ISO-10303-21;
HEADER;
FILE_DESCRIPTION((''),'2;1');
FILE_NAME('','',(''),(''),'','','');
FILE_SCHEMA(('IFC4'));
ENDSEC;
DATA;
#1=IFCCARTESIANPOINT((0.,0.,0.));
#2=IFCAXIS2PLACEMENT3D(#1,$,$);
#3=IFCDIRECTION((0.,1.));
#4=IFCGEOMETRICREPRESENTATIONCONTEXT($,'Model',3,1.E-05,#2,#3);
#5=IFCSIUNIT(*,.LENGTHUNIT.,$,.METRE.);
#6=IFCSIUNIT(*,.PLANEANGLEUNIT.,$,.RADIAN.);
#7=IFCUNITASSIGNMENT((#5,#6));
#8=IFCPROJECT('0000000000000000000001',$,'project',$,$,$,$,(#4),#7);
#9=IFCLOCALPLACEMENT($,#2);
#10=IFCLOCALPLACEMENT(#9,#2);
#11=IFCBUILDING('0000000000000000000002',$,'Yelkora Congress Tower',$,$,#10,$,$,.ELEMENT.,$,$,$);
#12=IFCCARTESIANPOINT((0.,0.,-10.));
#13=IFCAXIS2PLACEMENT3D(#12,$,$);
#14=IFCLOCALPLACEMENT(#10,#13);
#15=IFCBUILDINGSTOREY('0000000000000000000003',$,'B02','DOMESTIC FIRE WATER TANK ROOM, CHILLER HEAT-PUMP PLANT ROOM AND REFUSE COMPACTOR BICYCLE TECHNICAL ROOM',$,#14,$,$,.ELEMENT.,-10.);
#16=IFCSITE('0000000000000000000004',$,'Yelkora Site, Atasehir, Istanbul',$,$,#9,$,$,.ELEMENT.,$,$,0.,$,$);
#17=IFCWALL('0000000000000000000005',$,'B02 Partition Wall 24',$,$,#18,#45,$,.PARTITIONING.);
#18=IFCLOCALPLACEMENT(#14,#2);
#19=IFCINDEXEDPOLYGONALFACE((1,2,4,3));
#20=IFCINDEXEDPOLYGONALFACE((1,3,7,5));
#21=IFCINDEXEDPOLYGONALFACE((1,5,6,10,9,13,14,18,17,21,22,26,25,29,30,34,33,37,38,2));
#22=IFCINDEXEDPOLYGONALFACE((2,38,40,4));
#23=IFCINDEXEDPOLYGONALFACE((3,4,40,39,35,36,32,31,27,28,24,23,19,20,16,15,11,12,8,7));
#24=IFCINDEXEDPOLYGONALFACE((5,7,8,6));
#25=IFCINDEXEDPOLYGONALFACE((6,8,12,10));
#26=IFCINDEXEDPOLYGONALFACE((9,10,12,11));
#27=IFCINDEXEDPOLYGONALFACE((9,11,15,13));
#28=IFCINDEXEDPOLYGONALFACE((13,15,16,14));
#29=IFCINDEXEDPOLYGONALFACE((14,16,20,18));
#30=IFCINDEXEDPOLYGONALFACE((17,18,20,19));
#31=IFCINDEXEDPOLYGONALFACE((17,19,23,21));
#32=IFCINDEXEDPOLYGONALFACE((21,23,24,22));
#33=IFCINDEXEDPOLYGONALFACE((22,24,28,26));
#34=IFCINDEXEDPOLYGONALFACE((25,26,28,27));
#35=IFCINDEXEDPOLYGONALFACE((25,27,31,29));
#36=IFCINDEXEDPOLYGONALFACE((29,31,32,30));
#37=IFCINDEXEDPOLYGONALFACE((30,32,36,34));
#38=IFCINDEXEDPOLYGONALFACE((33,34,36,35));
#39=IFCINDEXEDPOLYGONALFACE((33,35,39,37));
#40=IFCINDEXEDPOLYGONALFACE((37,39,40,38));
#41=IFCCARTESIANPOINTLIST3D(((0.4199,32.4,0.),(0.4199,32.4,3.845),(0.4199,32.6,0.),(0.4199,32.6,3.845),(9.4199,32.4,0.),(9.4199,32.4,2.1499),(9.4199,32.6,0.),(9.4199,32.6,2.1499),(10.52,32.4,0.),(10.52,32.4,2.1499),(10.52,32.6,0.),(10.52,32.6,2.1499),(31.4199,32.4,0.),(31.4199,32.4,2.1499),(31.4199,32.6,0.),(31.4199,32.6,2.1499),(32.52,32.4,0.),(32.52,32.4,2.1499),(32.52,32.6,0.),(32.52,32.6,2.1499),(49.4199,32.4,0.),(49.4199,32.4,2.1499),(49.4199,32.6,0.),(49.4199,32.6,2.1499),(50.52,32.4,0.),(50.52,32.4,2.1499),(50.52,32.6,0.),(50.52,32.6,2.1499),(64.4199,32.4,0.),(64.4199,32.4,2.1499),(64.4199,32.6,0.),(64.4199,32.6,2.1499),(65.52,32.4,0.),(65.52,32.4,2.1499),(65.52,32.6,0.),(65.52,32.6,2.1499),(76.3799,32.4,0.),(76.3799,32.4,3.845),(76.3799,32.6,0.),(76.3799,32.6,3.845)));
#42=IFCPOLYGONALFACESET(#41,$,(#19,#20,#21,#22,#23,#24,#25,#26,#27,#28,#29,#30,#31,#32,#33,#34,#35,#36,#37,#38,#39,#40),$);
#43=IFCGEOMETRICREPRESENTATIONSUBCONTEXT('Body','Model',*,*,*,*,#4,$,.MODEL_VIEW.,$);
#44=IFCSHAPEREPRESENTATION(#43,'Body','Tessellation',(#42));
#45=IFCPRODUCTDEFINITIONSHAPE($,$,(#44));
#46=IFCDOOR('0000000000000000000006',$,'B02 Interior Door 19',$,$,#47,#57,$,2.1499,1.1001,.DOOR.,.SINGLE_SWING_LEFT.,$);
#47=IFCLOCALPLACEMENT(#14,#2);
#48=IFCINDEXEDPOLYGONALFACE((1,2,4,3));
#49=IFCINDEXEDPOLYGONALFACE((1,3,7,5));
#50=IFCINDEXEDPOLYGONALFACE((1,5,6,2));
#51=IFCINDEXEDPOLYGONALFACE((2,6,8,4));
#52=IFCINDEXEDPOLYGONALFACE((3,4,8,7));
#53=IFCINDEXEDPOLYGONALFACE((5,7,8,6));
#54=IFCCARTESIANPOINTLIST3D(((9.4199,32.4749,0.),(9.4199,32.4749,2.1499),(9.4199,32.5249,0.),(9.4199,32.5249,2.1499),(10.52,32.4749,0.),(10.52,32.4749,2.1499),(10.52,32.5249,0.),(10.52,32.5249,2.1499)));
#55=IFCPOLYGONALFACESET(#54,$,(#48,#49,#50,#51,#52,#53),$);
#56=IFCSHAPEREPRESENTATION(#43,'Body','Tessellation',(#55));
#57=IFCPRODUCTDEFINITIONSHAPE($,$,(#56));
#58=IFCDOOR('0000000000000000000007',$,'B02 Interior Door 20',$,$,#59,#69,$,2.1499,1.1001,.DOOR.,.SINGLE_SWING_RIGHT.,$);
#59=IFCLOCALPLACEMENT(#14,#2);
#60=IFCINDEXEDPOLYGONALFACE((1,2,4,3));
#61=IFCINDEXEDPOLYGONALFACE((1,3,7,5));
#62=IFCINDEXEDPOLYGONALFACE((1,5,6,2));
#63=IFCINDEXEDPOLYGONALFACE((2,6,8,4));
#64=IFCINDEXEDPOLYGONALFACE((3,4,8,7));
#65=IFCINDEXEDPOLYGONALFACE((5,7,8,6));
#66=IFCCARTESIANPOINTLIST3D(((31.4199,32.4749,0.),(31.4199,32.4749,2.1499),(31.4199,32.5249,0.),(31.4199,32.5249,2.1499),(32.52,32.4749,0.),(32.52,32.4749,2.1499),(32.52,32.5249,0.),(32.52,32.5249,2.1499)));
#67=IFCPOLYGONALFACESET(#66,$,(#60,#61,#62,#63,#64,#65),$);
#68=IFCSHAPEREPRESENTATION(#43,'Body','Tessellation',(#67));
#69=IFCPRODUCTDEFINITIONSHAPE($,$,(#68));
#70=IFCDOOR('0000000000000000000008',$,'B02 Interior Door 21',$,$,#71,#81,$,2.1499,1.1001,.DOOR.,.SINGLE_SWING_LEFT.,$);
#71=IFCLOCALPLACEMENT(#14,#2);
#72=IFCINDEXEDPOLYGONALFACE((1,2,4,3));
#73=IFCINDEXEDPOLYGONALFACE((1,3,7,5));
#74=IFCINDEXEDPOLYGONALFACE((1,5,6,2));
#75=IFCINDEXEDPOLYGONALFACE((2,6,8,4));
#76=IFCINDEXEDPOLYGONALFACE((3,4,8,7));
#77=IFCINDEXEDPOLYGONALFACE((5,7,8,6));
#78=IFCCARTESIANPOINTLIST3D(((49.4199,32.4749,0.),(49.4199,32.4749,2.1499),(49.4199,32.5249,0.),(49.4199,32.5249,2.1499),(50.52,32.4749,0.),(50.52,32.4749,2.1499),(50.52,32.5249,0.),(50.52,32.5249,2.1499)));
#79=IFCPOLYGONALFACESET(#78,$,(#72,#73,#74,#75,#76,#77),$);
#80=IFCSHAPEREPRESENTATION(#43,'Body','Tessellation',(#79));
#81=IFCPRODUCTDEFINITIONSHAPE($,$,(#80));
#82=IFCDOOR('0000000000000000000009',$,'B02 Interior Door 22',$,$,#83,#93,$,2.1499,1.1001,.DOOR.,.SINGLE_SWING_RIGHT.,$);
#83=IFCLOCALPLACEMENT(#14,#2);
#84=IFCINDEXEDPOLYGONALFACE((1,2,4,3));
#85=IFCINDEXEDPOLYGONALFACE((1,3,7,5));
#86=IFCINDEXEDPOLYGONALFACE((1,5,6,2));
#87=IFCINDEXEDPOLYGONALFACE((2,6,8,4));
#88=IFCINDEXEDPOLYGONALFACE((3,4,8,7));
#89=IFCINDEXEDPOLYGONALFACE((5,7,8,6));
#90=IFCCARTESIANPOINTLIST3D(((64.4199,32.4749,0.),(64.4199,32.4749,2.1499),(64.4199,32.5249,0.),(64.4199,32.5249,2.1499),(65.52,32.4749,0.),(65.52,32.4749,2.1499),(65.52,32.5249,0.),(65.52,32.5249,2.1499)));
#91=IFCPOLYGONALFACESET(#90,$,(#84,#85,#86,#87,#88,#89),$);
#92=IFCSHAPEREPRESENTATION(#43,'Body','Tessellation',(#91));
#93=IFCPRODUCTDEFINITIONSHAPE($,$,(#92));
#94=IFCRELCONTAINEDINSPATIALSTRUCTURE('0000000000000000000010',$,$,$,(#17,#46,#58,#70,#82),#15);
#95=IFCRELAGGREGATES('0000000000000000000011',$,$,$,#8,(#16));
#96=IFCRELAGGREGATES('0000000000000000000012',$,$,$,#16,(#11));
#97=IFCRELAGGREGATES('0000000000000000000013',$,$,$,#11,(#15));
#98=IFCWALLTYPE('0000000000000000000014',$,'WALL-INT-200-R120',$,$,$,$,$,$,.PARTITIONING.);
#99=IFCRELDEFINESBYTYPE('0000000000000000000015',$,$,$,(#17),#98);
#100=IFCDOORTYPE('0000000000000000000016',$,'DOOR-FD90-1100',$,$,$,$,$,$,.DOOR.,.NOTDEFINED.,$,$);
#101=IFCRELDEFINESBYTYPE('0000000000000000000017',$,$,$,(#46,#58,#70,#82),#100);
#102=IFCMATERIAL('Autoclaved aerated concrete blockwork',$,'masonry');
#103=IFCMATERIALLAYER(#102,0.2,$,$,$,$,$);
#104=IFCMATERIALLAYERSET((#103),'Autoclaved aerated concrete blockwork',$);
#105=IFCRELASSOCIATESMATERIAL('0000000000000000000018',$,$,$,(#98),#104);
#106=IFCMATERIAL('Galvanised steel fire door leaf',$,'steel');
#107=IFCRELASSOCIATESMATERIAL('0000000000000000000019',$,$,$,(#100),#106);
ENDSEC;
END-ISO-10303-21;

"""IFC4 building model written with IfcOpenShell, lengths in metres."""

from ifc_helpers import new_model, si_unit, direction, frame, frame_2d, origin, place, context, subcontext, project, spatial, rectangle, extrude, material, layer, layer_set, type_object, element, fill, save


model = new_model("IFC4")

# Units and contexts
model_context = context("Model", 3, precision=1e-05, world=origin(), true_north=direction((0.0, 1.0)))
body_context = subcontext(model_context, "Body", "Model", "MODEL_VIEW")
ifc_project = project(units=[si_unit("LENGTHUNIT", "METRE"), si_unit("PLANEANGLEUNIT", "RADIAN")], contexts=[model_context])

# Site, building, storey
site_placement = place(None, origin())
site = spatial("IfcSite", under=ifc_project, at=site_placement, Name="Yelkora Site, Atasehir, Istanbul", CompositionType="ELEMENT", RefElevation=0.0)
building_placement = place(site_placement, origin())
building = spatial("IfcBuilding", under=site, at=building_placement, Name="Yelkora Congress Tower", CompositionType="ELEMENT")
storey_placement = place(building_placement, frame((0.0, 0.0, -10.0)))
storey = spatial("IfcBuildingStorey", under=building, at=storey_placement, Name="B02", Description="DOMESTIC FIRE WATER TANK ROOM, CHILLER HEAT-PUMP PLANT ROOM AND REFUSE COMPACTOR BICYCLE TECHNICAL ROOM", CompositionType="ELEMENT", Elevation=-10.0)

# Wall, openings, doors
ifc_material_1 = material(Name="Autoclaved aerated concrete blockwork", Category="masonry")
ifc_layer_1 = layer(ifc_material_1, 0.2)
ifc_layer_set_1 = layer_set([ifc_layer_1], Name="Autoclaved aerated concrete blockwork")
wall_type = type_object("IfcWallType", Name="WALL-INT-200-R120", PredefinedType="PARTITIONING", material=ifc_layer_set_1)
wall_placement = place(storey_placement, frame((0.4199, 32.5, 0.0), z_axis=(0.0, 0.0, 1.0), x_axis=(1.0, 0.0, 0.0)))
wall = element("IfcWall", 1, at=wall_placement, inside=storey, type_object=wall_type, Name="B02 Partition Wall 24", PredefinedType="PARTITIONING", context=body_context, shape_type="SweptSolid", body=[
    extrude(rectangle(XDim=75.96, YDim=0.2, at=frame_2d((37.98, 0.0))), origin(), (0.0, 0.0, 1.0), 3.845),
])
opening_1_placement = place(wall_placement, frame((9.0, 0.0, 0.0)))
opening_1 = element("IfcOpeningElement", 2, at=opening_1_placement, cuts=wall, PredefinedType="OPENING", context=body_context, shape_type="SweptSolid", body=[
    extrude(rectangle(XDim=1.1001, YDim=2.1499, at=frame_2d((0.55, 1.075))), frame((0.0, 0.1099, 0.0), z_axis=(0.0, -1.0, 0.0), x_axis=(1.0, 0.0, 0.0)), (0.0, 0.0, 1.0), 0.22),
])
opening_2_placement = place(wall_placement, frame((31.0, 0.0, 0.0)))
opening_2 = element("IfcOpeningElement", 3, at=opening_2_placement, cuts=wall, PredefinedType="OPENING", context=body_context, shape_type="SweptSolid", body=[
    extrude(rectangle(XDim=1.1001, YDim=2.1499, at=frame_2d((0.55, 1.075))), frame((0.0, 0.1099, 0.0), z_axis=(0.0, -1.0, 0.0), x_axis=(1.0, 0.0, 0.0)), (0.0, 0.0, 1.0), 0.22),
])
opening_3_placement = place(wall_placement, frame((49.0, 0.0, 0.0)))
opening_3 = element("IfcOpeningElement", 4, at=opening_3_placement, cuts=wall, PredefinedType="OPENING", context=body_context, shape_type="SweptSolid", body=[
    extrude(rectangle(XDim=1.1001, YDim=2.1499, at=frame_2d((0.55, 1.075))), frame((0.0, 0.1099, 0.0), z_axis=(0.0, -1.0, 0.0), x_axis=(1.0, 0.0, 0.0)), (0.0, 0.0, 1.0), 0.22),
])
opening_4_placement = place(wall_placement, frame((64.0, 0.0, 0.0)))
opening_4 = element("IfcOpeningElement", 5, at=opening_4_placement, cuts=wall, PredefinedType="OPENING", context=body_context, shape_type="SweptSolid", body=[
    extrude(rectangle(XDim=1.1001, YDim=2.1499, at=frame_2d((0.55, 1.075))), frame((0.0, 0.1099, 0.0), z_axis=(0.0, -1.0, 0.0), x_axis=(1.0, 0.0, 0.0)), (0.0, 0.0, 1.0), 0.22),
])
ifc_material_2 = material(Name="Galvanised steel fire door leaf", Category="steel")
door_type = type_object("IfcDoorType", Name="DOOR-FD90-1100", OperationType="NOTDEFINED", PredefinedType="DOOR", material=ifc_material_2)
door_1_placement = place(opening_1_placement, origin())
door_1 = element("IfcDoor", 6, at=door_1_placement, inside=storey, type_object=door_type, Name="B02 Interior Door 19", OperationType="SINGLE_SWING_LEFT", OverallHeight=2.1499, OverallWidth=1.1001, PredefinedType="DOOR", context=body_context, shape_type="SweptSolid", body=[
    extrude(rectangle(XDim=1.1001, YDim=2.1499, at=frame_2d((0.55, 1.075))), frame((0.0, 0.0249, 0.0), z_axis=(0.0, -1.0, 0.0), x_axis=(1.0, 0.0, 0.0)), (0.0, 0.0, 1.0), 0.05),
])
fill(opening_1, door_1)
door_2_placement = place(opening_2_placement, origin())
door_2 = element("IfcDoor", 7, at=door_2_placement, inside=storey, type_object=door_type, Name="B02 Interior Door 20", OperationType="SINGLE_SWING_RIGHT", OverallHeight=2.1499, OverallWidth=1.1001, PredefinedType="DOOR", context=body_context, shape_type="SweptSolid", body=[
    extrude(rectangle(XDim=1.1001, YDim=2.1499, at=frame_2d((0.55, 1.075))), frame((0.0, 0.0249, 0.0), z_axis=(0.0, -1.0, 0.0), x_axis=(1.0, 0.0, 0.0)), (0.0, 0.0, 1.0), 0.05),
])
fill(opening_2, door_2)
door_3_placement = place(opening_3_placement, origin())
door_3 = element("IfcDoor", 8, at=door_3_placement, inside=storey, type_object=door_type, Name="B02 Interior Door 21", OperationType="SINGLE_SWING_LEFT", OverallHeight=2.1499, OverallWidth=1.1001, PredefinedType="DOOR", context=body_context, shape_type="SweptSolid", body=[
    extrude(rectangle(XDim=1.1001, YDim=2.1499, at=frame_2d((0.55, 1.075))), frame((0.0, 0.0249, 0.0), z_axis=(0.0, -1.0, 0.0), x_axis=(1.0, 0.0, 0.0)), (0.0, 0.0, 1.0), 0.05),
])
fill(opening_3, door_3)
door_4_placement = place(opening_4_placement, origin())
door_4 = element("IfcDoor", 9, at=door_4_placement, inside=storey, type_object=door_type, Name="B02 Interior Door 22", OperationType="SINGLE_SWING_RIGHT", OverallHeight=2.1499, OverallWidth=1.1001, PredefinedType="DOOR", context=body_context, shape_type="SweptSolid", body=[
    extrude(rectangle(XDim=1.1001, YDim=2.1499, at=frame_2d((0.55, 1.075))), frame((0.0, 0.0249, 0.0), z_axis=(0.0, -1.0, 0.0), x_axis=(1.0, 0.0, 0.0)), (0.0, 0.0, 1.0), 0.05),
])
fill(opening_4, door_4)

save(model, "model.ifc")
